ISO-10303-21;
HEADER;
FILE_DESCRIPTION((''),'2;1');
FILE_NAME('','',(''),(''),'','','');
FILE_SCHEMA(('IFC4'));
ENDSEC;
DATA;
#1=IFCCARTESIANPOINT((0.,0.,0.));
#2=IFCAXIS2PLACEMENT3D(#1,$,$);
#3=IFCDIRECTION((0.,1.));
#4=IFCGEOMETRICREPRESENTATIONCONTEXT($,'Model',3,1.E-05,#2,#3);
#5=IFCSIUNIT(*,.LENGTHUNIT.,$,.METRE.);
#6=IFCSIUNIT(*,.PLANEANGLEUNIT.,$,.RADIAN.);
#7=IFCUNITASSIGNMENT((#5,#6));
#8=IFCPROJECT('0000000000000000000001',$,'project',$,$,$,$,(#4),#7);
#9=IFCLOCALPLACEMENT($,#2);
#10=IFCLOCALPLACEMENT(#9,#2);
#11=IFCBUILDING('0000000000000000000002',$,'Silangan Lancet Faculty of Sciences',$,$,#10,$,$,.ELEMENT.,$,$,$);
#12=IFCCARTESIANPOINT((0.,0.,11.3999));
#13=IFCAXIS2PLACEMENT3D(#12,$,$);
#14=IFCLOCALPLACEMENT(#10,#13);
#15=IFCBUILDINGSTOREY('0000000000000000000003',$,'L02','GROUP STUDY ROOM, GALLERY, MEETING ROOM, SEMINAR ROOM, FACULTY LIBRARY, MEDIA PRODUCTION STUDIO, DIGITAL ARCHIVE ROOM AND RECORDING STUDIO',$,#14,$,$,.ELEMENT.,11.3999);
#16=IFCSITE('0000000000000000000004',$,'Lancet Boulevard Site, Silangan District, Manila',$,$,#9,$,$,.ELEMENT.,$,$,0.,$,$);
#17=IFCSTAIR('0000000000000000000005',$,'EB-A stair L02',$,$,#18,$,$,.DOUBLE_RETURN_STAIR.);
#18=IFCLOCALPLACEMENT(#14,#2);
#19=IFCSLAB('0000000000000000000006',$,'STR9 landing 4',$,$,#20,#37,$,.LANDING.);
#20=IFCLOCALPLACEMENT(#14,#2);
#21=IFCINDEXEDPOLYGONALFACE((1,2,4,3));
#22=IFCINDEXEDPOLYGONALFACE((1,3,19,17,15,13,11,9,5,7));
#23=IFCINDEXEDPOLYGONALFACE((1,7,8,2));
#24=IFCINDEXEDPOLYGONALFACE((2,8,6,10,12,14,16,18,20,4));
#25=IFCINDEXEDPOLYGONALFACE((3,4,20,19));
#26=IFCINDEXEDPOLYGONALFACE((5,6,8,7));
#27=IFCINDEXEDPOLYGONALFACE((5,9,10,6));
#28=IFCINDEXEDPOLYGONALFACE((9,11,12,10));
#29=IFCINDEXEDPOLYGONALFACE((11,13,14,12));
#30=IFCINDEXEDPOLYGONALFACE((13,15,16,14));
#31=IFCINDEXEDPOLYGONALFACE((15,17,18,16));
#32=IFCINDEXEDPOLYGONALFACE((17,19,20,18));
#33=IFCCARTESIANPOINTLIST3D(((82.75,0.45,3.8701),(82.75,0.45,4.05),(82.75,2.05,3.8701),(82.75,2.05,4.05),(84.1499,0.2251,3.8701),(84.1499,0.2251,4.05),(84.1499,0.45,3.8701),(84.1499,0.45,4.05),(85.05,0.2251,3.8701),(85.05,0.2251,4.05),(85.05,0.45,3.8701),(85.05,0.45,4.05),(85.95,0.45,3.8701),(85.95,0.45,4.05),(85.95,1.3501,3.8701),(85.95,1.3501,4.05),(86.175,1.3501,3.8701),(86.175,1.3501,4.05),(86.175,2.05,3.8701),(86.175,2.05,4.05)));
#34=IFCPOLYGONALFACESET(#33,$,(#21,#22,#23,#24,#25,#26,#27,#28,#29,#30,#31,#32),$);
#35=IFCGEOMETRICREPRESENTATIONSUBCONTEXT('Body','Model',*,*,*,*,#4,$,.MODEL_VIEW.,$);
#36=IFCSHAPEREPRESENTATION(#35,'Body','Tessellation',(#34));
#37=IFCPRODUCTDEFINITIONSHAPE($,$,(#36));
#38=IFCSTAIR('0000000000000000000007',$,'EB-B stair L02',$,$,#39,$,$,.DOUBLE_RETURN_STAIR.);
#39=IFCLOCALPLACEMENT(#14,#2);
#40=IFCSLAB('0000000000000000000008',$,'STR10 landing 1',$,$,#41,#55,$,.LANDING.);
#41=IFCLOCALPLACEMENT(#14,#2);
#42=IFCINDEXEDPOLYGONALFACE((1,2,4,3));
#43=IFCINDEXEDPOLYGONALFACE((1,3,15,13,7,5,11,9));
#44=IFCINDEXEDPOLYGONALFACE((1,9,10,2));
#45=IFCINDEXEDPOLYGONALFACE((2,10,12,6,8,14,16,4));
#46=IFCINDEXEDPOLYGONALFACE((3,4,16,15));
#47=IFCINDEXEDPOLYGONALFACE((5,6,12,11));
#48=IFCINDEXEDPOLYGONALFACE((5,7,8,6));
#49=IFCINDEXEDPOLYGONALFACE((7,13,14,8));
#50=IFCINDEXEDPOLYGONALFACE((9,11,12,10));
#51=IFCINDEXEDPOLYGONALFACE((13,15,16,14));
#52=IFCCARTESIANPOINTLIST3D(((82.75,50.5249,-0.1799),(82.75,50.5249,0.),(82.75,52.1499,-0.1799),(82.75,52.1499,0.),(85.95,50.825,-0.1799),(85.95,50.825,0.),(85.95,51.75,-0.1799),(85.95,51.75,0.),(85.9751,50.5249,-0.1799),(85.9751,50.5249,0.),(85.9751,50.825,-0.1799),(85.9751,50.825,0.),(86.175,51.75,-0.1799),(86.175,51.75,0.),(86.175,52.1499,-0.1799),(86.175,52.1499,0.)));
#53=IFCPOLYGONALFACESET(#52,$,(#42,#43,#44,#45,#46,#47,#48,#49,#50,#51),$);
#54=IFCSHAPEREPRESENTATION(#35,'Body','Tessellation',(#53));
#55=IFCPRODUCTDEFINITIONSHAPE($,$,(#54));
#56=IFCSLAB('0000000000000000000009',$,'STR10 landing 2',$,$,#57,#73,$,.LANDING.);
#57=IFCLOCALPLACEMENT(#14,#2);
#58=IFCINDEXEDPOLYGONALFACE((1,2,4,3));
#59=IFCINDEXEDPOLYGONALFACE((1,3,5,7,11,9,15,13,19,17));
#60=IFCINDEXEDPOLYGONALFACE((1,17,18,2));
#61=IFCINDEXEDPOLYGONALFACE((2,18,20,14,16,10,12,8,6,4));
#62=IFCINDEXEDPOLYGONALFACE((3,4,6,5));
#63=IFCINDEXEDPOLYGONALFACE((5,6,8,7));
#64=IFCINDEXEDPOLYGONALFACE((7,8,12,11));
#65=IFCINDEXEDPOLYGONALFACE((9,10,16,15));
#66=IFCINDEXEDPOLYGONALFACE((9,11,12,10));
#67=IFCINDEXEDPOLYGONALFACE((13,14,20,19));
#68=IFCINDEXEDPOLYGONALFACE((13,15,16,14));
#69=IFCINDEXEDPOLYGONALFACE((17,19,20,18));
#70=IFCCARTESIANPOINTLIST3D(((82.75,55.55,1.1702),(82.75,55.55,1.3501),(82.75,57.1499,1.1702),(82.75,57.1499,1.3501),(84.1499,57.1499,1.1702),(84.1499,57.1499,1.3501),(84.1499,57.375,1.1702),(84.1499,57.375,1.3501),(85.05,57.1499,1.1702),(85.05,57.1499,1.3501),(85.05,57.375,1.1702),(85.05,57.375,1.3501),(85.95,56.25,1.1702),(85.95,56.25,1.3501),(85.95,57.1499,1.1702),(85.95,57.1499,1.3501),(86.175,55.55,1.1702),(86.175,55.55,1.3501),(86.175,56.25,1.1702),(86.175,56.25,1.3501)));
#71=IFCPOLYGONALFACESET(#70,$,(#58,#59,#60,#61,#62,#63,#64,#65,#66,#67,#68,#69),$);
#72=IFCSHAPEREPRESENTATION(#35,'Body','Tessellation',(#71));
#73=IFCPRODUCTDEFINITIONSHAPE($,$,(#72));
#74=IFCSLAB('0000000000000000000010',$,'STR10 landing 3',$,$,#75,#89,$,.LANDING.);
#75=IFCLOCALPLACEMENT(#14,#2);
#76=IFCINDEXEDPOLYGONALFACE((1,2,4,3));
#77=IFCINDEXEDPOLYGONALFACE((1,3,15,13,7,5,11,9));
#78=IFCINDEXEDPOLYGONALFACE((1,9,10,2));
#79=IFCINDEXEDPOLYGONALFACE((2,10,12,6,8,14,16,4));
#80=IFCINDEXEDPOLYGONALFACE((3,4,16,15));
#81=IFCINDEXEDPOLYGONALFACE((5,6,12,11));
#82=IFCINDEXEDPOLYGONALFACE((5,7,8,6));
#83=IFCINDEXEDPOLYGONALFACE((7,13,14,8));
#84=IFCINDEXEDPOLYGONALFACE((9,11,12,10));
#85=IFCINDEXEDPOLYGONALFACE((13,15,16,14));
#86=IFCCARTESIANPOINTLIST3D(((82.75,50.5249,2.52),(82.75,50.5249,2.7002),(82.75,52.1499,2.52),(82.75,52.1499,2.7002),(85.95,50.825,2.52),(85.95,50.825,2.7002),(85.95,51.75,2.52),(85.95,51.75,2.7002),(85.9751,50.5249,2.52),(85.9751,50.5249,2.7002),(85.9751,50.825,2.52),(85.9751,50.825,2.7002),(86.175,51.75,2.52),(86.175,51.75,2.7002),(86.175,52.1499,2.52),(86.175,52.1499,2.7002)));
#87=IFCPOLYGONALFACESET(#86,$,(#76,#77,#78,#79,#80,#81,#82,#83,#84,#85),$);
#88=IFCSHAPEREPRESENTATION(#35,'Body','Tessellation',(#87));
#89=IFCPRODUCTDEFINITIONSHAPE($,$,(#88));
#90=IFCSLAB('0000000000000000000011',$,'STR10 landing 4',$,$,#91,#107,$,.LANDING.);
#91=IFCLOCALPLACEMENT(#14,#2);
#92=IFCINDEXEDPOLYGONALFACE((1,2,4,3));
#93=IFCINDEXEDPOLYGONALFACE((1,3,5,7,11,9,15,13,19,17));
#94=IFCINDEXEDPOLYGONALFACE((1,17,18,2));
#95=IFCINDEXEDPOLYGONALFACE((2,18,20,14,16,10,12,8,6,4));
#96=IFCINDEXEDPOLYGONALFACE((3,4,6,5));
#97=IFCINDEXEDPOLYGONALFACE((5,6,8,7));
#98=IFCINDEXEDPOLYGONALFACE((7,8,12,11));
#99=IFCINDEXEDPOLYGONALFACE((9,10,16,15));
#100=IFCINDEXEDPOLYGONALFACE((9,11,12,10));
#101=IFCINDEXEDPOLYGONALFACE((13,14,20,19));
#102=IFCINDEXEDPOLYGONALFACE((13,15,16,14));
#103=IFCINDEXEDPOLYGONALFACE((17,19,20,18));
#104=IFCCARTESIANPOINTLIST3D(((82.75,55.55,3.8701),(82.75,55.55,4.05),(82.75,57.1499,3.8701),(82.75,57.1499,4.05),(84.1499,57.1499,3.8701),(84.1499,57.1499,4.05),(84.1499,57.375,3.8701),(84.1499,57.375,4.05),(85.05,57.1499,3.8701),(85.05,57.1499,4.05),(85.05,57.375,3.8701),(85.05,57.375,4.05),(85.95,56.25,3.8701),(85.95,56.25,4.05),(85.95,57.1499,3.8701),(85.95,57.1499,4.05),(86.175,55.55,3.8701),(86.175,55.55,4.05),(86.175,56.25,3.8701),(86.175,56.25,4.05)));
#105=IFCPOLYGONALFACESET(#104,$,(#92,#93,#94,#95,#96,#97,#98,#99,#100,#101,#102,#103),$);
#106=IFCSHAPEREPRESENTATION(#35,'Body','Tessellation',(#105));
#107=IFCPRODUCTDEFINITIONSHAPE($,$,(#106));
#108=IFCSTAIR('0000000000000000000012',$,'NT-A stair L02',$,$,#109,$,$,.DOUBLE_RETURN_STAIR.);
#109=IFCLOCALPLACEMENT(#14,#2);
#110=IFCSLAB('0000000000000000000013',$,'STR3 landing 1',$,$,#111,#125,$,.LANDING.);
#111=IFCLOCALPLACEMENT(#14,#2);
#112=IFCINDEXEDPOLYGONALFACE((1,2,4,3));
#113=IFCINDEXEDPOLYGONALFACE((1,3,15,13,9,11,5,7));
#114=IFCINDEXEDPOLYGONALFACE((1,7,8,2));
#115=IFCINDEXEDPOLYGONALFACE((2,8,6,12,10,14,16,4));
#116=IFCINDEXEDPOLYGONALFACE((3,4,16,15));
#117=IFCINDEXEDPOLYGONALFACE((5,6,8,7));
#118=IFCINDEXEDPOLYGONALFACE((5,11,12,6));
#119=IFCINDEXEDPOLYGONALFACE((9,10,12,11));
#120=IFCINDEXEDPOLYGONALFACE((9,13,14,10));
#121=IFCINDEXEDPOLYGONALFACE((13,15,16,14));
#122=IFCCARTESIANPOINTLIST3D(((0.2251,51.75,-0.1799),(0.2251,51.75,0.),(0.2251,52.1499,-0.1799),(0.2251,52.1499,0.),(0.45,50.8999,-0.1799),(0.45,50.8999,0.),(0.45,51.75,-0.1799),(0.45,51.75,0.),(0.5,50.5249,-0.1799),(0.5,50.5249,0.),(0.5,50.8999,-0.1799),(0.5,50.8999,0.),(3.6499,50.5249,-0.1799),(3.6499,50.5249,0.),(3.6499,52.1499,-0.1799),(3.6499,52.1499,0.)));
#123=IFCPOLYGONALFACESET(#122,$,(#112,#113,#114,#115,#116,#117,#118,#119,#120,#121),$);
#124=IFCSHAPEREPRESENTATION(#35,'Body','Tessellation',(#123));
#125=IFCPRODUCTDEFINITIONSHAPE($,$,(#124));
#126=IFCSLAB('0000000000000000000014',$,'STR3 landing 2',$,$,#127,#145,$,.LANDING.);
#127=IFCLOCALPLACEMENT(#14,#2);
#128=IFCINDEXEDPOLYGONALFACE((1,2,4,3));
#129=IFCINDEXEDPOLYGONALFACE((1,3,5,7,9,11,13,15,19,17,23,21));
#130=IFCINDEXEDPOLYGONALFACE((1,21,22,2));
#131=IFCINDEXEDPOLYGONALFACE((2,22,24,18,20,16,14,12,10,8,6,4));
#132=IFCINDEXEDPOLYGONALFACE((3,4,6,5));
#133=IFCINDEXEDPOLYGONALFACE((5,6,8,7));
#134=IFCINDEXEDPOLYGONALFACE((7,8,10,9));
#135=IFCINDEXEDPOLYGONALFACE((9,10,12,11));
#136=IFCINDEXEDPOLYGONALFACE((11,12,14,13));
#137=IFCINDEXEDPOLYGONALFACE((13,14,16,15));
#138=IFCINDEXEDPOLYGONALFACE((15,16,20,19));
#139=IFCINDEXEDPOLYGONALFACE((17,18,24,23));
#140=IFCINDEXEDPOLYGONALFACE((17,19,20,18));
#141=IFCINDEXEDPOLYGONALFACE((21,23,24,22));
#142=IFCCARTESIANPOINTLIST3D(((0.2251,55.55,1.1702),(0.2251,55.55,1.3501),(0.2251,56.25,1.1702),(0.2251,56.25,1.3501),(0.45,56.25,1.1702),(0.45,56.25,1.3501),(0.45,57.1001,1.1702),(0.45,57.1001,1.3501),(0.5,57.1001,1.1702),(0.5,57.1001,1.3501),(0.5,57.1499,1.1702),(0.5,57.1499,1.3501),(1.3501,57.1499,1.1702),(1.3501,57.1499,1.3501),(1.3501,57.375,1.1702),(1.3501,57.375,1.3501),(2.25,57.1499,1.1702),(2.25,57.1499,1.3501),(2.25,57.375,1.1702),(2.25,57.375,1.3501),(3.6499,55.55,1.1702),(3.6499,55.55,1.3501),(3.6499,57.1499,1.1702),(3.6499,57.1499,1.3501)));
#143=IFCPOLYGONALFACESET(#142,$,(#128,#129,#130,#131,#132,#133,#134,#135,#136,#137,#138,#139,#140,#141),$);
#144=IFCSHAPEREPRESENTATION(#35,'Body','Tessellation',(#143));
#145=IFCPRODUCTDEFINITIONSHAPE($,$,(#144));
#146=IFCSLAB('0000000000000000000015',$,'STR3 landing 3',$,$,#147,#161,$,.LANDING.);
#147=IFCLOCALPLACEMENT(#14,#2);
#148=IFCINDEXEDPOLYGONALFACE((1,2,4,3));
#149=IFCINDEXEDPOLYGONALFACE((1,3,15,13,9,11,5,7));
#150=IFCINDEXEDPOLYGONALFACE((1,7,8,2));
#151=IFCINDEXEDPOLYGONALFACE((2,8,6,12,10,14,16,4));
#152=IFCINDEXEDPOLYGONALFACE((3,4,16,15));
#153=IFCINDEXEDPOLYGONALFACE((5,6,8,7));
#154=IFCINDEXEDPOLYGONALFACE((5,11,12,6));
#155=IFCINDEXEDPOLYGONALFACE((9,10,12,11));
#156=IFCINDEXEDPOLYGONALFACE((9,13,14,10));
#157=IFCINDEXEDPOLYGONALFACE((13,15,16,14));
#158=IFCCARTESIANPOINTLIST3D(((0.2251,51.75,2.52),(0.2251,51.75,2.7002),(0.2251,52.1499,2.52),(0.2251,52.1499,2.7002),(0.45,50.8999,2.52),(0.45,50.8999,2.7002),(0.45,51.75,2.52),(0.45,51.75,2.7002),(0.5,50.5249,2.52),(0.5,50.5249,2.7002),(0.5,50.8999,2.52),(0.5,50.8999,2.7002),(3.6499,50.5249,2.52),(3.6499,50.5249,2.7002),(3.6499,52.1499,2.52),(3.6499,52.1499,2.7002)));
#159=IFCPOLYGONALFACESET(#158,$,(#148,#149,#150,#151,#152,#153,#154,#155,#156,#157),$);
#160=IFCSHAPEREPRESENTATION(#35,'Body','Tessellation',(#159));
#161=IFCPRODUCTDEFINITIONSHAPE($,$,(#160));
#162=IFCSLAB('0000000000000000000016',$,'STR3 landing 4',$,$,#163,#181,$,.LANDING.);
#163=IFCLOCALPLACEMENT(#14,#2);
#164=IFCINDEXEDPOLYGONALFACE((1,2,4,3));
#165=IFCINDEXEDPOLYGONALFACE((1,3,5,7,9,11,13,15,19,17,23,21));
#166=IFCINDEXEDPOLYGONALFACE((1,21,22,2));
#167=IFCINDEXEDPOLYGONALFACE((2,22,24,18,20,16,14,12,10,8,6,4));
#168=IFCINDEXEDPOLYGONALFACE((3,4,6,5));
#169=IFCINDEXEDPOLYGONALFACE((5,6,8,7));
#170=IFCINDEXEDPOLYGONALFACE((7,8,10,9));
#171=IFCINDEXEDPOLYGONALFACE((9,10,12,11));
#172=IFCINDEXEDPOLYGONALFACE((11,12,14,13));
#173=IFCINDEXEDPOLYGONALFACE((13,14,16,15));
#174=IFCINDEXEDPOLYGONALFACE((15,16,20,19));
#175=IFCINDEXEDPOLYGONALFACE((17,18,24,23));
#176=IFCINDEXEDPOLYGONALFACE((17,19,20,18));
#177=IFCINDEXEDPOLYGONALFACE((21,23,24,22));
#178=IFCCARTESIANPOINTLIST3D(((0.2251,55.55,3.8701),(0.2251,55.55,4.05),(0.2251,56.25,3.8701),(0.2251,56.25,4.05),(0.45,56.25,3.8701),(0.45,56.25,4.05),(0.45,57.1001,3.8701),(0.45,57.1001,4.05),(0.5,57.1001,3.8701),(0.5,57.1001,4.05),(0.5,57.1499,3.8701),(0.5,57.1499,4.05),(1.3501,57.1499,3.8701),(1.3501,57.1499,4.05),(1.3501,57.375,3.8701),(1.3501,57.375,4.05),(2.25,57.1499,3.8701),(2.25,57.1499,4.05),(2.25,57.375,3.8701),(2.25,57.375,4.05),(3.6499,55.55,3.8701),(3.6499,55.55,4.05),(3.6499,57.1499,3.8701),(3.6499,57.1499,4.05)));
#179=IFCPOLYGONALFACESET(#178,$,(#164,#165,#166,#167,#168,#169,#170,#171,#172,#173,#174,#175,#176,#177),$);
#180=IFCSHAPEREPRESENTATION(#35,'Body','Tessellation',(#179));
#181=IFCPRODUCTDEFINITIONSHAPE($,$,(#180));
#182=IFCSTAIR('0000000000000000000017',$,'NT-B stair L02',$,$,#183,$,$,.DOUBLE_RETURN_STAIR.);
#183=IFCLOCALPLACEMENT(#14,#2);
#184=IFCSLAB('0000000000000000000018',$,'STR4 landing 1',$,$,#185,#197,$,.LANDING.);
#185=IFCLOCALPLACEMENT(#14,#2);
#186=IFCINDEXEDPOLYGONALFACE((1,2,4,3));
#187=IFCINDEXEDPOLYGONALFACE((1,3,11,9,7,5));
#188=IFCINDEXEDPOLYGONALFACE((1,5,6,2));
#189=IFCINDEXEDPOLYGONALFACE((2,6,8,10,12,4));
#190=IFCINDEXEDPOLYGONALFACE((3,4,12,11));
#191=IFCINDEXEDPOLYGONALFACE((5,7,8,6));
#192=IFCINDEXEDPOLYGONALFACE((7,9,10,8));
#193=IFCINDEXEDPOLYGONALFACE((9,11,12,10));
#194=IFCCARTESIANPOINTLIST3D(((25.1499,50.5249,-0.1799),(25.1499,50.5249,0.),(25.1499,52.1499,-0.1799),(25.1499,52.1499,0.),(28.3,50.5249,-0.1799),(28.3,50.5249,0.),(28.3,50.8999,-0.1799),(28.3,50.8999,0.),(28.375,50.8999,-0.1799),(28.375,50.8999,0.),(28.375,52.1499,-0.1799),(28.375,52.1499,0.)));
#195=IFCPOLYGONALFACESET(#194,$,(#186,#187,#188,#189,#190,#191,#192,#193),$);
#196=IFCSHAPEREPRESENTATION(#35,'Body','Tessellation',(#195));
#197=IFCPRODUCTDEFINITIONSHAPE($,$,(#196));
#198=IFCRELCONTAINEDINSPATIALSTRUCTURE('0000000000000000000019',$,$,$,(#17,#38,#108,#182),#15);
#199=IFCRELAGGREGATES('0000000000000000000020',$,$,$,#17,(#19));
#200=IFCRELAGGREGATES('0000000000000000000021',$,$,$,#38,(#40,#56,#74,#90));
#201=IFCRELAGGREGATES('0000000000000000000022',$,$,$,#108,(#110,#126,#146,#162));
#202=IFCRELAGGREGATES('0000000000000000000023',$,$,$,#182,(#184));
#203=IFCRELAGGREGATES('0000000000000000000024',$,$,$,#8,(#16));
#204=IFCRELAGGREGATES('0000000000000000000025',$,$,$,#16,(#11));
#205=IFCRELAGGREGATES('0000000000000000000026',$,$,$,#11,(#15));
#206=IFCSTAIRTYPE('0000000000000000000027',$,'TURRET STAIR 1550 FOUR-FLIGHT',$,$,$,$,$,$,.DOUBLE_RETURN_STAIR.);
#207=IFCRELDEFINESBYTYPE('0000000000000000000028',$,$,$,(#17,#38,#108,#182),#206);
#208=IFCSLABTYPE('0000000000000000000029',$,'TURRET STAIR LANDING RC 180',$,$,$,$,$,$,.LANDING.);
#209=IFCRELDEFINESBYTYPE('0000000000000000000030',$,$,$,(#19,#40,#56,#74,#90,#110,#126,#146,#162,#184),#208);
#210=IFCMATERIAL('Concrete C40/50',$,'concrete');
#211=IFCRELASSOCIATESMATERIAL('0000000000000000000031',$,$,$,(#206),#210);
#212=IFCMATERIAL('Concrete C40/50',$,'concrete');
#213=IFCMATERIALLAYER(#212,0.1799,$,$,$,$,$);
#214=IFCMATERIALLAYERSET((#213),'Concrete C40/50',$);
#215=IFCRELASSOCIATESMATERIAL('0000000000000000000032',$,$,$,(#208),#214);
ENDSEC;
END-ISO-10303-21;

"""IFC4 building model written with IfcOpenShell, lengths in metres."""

from ifc_helpers import new_model, si_unit, direction, frame, origin, place, context, subcontext, project, spatial, polyline, outline, extrude, material, layer, layer_set, type_object, element, aggregate, save


model = new_model("IFC4")

# Units and contexts
model_context = context("Model", 3, precision=1e-05, world=origin(), true_north=direction((0.0, 1.0)))
body_context = subcontext(model_context, "Body", "Model", "MODEL_VIEW")
ifc_project = project(units=[si_unit("LENGTHUNIT", "METRE"), si_unit("PLANEANGLEUNIT", "RADIAN")], contexts=[model_context])

# Site, building, storey
site_placement = place(None, origin())
site = spatial("IfcSite", under=ifc_project, at=site_placement, Name="Lancet Boulevard Site, Silangan District, Manila", CompositionType="ELEMENT", RefElevation=0.0)
building_placement = place(site_placement, origin())
building = spatial("IfcBuilding", under=site, at=building_placement, Name="Silangan Lancet Faculty of Sciences", CompositionType="ELEMENT")
storey_placement = place(building_placement, frame((0.0, 0.0, 11.3999)))
storey = spatial("IfcBuildingStorey", under=building, at=storey_placement, Name="L02", Description="GROUP STUDY ROOM, GALLERY, MEETING ROOM, SEMINAR ROOM, FACULTY LIBRARY, MEDIA PRODUCTION STUDIO, DIGITAL ARCHIVE ROOM AND RECORDING STUDIO", CompositionType="ELEMENT", Elevation=11.3999)

# Stairs, slabs
ifc_material_1 = material(Name="Concrete C40/50", Category="concrete")
stair_type = type_object("IfcStairType", Name="TURRET STAIR 1550 FOUR-FLIGHT", PredefinedType="DOUBLE_RETURN_STAIR", material=ifc_material_1)
stair_1_placement = place(storey_placement, origin())
stair_1 = element("IfcStair", 1, at=stair_1_placement, inside=storey, type_object=stair_type, Name="EB-A stair L02", PredefinedType="DOUBLE_RETURN_STAIR")
ifc_material_2 = material(Name="Concrete C40/50", Category="concrete")
ifc_layer_1 = layer(ifc_material_2, 0.1799)
ifc_layer_set_1 = layer_set([ifc_layer_1], Name="Concrete C40/50")
slab_type_1 = type_object("IfcSlabType", Name="TURRET STAIR LANDING RC 180", PredefinedType="LANDING", material=ifc_layer_set_1)
slab_1_placement = place(storey_placement, frame((0.0, 0.0, 3.8701)))
slab_1 = element("IfcSlab", 2, at=slab_1_placement, type_object=slab_type_1, Name="STR9 landing 4", PredefinedType="LANDING", context=body_context, shape_type="SweptSolid", body=[
    extrude(outline(polyline([(85.95, 0.45), (85.05, 0.45), (85.05, 0.2251), (84.1499, 0.2251), (84.1499, 0.45), (82.75, 0.45), (82.75, 2.05), (86.175, 2.05), (86.175, 1.3501), (85.95, 1.3501), (85.95, 0.45)])), origin(), (0.0, 0.0, 1.0), 0.1799),
])
aggregate(stair_1, [slab_1])
stair_2_placement = place(storey_placement, origin())
stair_2 = element("IfcStair", 3, at=stair_2_placement, inside=storey, type_object=stair_type, Name="EB-B stair L02", PredefinedType="DOUBLE_RETURN_STAIR")
slab_2_placement = place(storey_placement, frame((0.0, 0.0, -0.1799)))
slab_2 = element("IfcSlab", 4, at=slab_2_placement, type_object=slab_type_1, Name="STR10 landing 1", PredefinedType="LANDING", context=body_context, shape_type="SweptSolid", body=[
    extrude(outline(polyline([(85.95, 50.825), (85.9751, 50.825), (85.9751, 50.5249), (82.75, 50.5249), (82.75, 52.1499), (86.175, 52.1499), (86.175, 51.75), (85.95, 51.75), (85.95, 50.825)])), origin(), (0.0, 0.0, 1.0), 0.1799),
])
slab_3_placement = place(storey_placement, frame((0.0, 0.0, 1.1702)))
slab_3 = element("IfcSlab", 5, at=slab_3_placement, type_object=slab_type_1, Name="STR10 landing 2", PredefinedType="LANDING", context=body_context, shape_type="SweptSolid", body=[
    extrude(outline(polyline([(85.95, 57.1499), (85.95, 56.25), (86.175, 56.25), (86.175, 55.55), (82.75, 55.55), (82.75, 57.1499), (84.1499, 57.1499), (84.1499, 57.375), (85.05, 57.375), (85.05, 57.1499), (85.95, 57.1499)])), origin(), (0.0, 0.0, 1.0), 0.1799),
])
slab_4_placement = place(storey_placement, frame((0.0, 0.0, 2.52)))
slab_4 = element("IfcSlab", 6, at=slab_4_placement, type_object=slab_type_1, Name="STR10 landing 3", PredefinedType="LANDING", context=body_context, shape_type="SweptSolid", body=[
    extrude(outline(polyline([(85.95, 50.825), (85.9751, 50.825), (85.9751, 50.5249), (82.75, 50.5249), (82.75, 52.1499), (86.175, 52.1499), (86.175, 51.75), (85.95, 51.75), (85.95, 50.825)])), origin(), (0.0, 0.0, 1.0), 0.1802),
])
slab_5_placement = place(storey_placement, frame((0.0, 0.0, 3.8701)))
slab_5 = element("IfcSlab", 7, at=slab_5_placement, type_object=slab_type_1, Name="STR10 landing 4", PredefinedType="LANDING", context=body_context, shape_type="SweptSolid", body=[
    extrude(outline(polyline([(85.95, 57.1499), (85.95, 56.25), (86.175, 56.25), (86.175, 55.55), (82.75, 55.55), (82.75, 57.1499), (84.1499, 57.1499), (84.1499, 57.375), (85.05, 57.375), (85.05, 57.1499), (85.95, 57.1499)])), origin(), (0.0, 0.0, 1.0), 0.1799),
])
aggregate(stair_2, [slab_2, slab_3, slab_4, slab_5])
stair_3_placement = place(storey_placement, origin())
stair_3 = element("IfcStair", 8, at=stair_3_placement, inside=storey, type_object=stair_type, Name="NT-A stair L02", PredefinedType="DOUBLE_RETURN_STAIR")
slab_6_placement = place(storey_placement, frame((0.0, 0.0, -0.1799)))
slab_6 = element("IfcSlab", 9, at=slab_6_placement, type_object=slab_type_1, Name="STR3 landing 1", PredefinedType="LANDING", context=body_context, shape_type="SweptSolid", body=[
    extrude(outline(polyline([(0.45, 50.8999), (0.45, 51.75), (0.2251, 51.75), (0.2251, 52.1499), (3.6499, 52.1499), (3.6499, 50.5249), (0.5, 50.5249), (0.5, 50.8999), (0.45, 50.8999)])), origin(), (0.0, 0.0, 1.0), 0.1799),
])
slab_7_placement = place(storey_placement, frame((0.0, 0.0, 1.1702)))
slab_7 = element("IfcSlab", 10, at=slab_7_placement, type_object=slab_type_1, Name="STR3 landing 2", PredefinedType="LANDING", context=body_context, shape_type="SweptSolid", body=[
    extrude(outline(polyline([(0.2251, 56.25), (0.45, 56.25), (0.45, 57.1001), (0.5, 57.1001), (0.5, 57.1499), (1.3501, 57.1499), (1.3501, 57.375), (2.25, 57.375), (2.25, 57.1499), (3.6499, 57.1499), (3.6499, 55.55), (0.2251, 55.55), (0.2251, 56.25)])), origin(), (0.0, 0.0, 1.0), 0.1799),
])
slab_8_placement = place(storey_placement, frame((0.0, 0.0, 2.52)))
slab_8 = element("IfcSlab", 11, at=slab_8_placement, type_object=slab_type_1, Name="STR3 landing 3", PredefinedType="LANDING", context=body_context, shape_type="SweptSolid", body=[
    extrude(outline(polyline([(0.45, 50.8999), (0.45, 51.75), (0.2251, 51.75), (0.2251, 52.1499), (3.6499, 52.1499), (3.6499, 50.5249), (0.5, 50.5249), (0.5, 50.8999), (0.45, 50.8999)])), origin(), (0.0, 0.0, 1.0), 0.1802),
])
slab_9_placement = place(storey_placement, frame((0.0, 0.0, 3.8701)))
slab_9 = element("IfcSlab", 12, at=slab_9_placement, type_object=slab_type_1, Name="STR3 landing 4", PredefinedType="LANDING", context=body_context, shape_type="SweptSolid", body=[
    extrude(outline(polyline([(0.2251, 56.25), (0.45, 56.25), (0.45, 57.1001), (0.5, 57.1001), (0.5, 57.1499), (1.3501, 57.1499), (1.3501, 57.375), (2.25, 57.375), (2.25, 57.1499), (3.6499, 57.1499), (3.6499, 55.55), (0.2251, 55.55), (0.2251, 56.25)])), origin(), (0.0, 0.0, 1.0), 0.1799),
])
aggregate(stair_3, [slab_6, slab_7, slab_8, slab_9])
stair_4_placement = place(storey_placement, origin())
stair_4 = element("IfcStair", 13, at=stair_4_placement, inside=storey, type_object=stair_type, Name="NT-B stair L02", PredefinedType="DOUBLE_RETURN_STAIR")
slab_10_placement = place(storey_placement, frame((0.0, 0.0, -0.1799)))
slab_10 = element("IfcSlab", 14, at=slab_10_placement, type_object=slab_type_1, Name="STR4 landing 1", PredefinedType="LANDING", context=body_context, shape_type="SweptSolid", body=[
    extrude(outline(polyline([(25.1499, 50.5249), (25.1499, 52.1499), (28.375, 52.1499), (28.375, 50.8999), (28.3, 50.8999), (28.3, 50.5249), (25.1499, 50.5249)])), origin(), (0.0, 0.0, 1.0), 0.1799),
])
aggregate(stair_4, [slab_10])

save(model, "model.ifc")
